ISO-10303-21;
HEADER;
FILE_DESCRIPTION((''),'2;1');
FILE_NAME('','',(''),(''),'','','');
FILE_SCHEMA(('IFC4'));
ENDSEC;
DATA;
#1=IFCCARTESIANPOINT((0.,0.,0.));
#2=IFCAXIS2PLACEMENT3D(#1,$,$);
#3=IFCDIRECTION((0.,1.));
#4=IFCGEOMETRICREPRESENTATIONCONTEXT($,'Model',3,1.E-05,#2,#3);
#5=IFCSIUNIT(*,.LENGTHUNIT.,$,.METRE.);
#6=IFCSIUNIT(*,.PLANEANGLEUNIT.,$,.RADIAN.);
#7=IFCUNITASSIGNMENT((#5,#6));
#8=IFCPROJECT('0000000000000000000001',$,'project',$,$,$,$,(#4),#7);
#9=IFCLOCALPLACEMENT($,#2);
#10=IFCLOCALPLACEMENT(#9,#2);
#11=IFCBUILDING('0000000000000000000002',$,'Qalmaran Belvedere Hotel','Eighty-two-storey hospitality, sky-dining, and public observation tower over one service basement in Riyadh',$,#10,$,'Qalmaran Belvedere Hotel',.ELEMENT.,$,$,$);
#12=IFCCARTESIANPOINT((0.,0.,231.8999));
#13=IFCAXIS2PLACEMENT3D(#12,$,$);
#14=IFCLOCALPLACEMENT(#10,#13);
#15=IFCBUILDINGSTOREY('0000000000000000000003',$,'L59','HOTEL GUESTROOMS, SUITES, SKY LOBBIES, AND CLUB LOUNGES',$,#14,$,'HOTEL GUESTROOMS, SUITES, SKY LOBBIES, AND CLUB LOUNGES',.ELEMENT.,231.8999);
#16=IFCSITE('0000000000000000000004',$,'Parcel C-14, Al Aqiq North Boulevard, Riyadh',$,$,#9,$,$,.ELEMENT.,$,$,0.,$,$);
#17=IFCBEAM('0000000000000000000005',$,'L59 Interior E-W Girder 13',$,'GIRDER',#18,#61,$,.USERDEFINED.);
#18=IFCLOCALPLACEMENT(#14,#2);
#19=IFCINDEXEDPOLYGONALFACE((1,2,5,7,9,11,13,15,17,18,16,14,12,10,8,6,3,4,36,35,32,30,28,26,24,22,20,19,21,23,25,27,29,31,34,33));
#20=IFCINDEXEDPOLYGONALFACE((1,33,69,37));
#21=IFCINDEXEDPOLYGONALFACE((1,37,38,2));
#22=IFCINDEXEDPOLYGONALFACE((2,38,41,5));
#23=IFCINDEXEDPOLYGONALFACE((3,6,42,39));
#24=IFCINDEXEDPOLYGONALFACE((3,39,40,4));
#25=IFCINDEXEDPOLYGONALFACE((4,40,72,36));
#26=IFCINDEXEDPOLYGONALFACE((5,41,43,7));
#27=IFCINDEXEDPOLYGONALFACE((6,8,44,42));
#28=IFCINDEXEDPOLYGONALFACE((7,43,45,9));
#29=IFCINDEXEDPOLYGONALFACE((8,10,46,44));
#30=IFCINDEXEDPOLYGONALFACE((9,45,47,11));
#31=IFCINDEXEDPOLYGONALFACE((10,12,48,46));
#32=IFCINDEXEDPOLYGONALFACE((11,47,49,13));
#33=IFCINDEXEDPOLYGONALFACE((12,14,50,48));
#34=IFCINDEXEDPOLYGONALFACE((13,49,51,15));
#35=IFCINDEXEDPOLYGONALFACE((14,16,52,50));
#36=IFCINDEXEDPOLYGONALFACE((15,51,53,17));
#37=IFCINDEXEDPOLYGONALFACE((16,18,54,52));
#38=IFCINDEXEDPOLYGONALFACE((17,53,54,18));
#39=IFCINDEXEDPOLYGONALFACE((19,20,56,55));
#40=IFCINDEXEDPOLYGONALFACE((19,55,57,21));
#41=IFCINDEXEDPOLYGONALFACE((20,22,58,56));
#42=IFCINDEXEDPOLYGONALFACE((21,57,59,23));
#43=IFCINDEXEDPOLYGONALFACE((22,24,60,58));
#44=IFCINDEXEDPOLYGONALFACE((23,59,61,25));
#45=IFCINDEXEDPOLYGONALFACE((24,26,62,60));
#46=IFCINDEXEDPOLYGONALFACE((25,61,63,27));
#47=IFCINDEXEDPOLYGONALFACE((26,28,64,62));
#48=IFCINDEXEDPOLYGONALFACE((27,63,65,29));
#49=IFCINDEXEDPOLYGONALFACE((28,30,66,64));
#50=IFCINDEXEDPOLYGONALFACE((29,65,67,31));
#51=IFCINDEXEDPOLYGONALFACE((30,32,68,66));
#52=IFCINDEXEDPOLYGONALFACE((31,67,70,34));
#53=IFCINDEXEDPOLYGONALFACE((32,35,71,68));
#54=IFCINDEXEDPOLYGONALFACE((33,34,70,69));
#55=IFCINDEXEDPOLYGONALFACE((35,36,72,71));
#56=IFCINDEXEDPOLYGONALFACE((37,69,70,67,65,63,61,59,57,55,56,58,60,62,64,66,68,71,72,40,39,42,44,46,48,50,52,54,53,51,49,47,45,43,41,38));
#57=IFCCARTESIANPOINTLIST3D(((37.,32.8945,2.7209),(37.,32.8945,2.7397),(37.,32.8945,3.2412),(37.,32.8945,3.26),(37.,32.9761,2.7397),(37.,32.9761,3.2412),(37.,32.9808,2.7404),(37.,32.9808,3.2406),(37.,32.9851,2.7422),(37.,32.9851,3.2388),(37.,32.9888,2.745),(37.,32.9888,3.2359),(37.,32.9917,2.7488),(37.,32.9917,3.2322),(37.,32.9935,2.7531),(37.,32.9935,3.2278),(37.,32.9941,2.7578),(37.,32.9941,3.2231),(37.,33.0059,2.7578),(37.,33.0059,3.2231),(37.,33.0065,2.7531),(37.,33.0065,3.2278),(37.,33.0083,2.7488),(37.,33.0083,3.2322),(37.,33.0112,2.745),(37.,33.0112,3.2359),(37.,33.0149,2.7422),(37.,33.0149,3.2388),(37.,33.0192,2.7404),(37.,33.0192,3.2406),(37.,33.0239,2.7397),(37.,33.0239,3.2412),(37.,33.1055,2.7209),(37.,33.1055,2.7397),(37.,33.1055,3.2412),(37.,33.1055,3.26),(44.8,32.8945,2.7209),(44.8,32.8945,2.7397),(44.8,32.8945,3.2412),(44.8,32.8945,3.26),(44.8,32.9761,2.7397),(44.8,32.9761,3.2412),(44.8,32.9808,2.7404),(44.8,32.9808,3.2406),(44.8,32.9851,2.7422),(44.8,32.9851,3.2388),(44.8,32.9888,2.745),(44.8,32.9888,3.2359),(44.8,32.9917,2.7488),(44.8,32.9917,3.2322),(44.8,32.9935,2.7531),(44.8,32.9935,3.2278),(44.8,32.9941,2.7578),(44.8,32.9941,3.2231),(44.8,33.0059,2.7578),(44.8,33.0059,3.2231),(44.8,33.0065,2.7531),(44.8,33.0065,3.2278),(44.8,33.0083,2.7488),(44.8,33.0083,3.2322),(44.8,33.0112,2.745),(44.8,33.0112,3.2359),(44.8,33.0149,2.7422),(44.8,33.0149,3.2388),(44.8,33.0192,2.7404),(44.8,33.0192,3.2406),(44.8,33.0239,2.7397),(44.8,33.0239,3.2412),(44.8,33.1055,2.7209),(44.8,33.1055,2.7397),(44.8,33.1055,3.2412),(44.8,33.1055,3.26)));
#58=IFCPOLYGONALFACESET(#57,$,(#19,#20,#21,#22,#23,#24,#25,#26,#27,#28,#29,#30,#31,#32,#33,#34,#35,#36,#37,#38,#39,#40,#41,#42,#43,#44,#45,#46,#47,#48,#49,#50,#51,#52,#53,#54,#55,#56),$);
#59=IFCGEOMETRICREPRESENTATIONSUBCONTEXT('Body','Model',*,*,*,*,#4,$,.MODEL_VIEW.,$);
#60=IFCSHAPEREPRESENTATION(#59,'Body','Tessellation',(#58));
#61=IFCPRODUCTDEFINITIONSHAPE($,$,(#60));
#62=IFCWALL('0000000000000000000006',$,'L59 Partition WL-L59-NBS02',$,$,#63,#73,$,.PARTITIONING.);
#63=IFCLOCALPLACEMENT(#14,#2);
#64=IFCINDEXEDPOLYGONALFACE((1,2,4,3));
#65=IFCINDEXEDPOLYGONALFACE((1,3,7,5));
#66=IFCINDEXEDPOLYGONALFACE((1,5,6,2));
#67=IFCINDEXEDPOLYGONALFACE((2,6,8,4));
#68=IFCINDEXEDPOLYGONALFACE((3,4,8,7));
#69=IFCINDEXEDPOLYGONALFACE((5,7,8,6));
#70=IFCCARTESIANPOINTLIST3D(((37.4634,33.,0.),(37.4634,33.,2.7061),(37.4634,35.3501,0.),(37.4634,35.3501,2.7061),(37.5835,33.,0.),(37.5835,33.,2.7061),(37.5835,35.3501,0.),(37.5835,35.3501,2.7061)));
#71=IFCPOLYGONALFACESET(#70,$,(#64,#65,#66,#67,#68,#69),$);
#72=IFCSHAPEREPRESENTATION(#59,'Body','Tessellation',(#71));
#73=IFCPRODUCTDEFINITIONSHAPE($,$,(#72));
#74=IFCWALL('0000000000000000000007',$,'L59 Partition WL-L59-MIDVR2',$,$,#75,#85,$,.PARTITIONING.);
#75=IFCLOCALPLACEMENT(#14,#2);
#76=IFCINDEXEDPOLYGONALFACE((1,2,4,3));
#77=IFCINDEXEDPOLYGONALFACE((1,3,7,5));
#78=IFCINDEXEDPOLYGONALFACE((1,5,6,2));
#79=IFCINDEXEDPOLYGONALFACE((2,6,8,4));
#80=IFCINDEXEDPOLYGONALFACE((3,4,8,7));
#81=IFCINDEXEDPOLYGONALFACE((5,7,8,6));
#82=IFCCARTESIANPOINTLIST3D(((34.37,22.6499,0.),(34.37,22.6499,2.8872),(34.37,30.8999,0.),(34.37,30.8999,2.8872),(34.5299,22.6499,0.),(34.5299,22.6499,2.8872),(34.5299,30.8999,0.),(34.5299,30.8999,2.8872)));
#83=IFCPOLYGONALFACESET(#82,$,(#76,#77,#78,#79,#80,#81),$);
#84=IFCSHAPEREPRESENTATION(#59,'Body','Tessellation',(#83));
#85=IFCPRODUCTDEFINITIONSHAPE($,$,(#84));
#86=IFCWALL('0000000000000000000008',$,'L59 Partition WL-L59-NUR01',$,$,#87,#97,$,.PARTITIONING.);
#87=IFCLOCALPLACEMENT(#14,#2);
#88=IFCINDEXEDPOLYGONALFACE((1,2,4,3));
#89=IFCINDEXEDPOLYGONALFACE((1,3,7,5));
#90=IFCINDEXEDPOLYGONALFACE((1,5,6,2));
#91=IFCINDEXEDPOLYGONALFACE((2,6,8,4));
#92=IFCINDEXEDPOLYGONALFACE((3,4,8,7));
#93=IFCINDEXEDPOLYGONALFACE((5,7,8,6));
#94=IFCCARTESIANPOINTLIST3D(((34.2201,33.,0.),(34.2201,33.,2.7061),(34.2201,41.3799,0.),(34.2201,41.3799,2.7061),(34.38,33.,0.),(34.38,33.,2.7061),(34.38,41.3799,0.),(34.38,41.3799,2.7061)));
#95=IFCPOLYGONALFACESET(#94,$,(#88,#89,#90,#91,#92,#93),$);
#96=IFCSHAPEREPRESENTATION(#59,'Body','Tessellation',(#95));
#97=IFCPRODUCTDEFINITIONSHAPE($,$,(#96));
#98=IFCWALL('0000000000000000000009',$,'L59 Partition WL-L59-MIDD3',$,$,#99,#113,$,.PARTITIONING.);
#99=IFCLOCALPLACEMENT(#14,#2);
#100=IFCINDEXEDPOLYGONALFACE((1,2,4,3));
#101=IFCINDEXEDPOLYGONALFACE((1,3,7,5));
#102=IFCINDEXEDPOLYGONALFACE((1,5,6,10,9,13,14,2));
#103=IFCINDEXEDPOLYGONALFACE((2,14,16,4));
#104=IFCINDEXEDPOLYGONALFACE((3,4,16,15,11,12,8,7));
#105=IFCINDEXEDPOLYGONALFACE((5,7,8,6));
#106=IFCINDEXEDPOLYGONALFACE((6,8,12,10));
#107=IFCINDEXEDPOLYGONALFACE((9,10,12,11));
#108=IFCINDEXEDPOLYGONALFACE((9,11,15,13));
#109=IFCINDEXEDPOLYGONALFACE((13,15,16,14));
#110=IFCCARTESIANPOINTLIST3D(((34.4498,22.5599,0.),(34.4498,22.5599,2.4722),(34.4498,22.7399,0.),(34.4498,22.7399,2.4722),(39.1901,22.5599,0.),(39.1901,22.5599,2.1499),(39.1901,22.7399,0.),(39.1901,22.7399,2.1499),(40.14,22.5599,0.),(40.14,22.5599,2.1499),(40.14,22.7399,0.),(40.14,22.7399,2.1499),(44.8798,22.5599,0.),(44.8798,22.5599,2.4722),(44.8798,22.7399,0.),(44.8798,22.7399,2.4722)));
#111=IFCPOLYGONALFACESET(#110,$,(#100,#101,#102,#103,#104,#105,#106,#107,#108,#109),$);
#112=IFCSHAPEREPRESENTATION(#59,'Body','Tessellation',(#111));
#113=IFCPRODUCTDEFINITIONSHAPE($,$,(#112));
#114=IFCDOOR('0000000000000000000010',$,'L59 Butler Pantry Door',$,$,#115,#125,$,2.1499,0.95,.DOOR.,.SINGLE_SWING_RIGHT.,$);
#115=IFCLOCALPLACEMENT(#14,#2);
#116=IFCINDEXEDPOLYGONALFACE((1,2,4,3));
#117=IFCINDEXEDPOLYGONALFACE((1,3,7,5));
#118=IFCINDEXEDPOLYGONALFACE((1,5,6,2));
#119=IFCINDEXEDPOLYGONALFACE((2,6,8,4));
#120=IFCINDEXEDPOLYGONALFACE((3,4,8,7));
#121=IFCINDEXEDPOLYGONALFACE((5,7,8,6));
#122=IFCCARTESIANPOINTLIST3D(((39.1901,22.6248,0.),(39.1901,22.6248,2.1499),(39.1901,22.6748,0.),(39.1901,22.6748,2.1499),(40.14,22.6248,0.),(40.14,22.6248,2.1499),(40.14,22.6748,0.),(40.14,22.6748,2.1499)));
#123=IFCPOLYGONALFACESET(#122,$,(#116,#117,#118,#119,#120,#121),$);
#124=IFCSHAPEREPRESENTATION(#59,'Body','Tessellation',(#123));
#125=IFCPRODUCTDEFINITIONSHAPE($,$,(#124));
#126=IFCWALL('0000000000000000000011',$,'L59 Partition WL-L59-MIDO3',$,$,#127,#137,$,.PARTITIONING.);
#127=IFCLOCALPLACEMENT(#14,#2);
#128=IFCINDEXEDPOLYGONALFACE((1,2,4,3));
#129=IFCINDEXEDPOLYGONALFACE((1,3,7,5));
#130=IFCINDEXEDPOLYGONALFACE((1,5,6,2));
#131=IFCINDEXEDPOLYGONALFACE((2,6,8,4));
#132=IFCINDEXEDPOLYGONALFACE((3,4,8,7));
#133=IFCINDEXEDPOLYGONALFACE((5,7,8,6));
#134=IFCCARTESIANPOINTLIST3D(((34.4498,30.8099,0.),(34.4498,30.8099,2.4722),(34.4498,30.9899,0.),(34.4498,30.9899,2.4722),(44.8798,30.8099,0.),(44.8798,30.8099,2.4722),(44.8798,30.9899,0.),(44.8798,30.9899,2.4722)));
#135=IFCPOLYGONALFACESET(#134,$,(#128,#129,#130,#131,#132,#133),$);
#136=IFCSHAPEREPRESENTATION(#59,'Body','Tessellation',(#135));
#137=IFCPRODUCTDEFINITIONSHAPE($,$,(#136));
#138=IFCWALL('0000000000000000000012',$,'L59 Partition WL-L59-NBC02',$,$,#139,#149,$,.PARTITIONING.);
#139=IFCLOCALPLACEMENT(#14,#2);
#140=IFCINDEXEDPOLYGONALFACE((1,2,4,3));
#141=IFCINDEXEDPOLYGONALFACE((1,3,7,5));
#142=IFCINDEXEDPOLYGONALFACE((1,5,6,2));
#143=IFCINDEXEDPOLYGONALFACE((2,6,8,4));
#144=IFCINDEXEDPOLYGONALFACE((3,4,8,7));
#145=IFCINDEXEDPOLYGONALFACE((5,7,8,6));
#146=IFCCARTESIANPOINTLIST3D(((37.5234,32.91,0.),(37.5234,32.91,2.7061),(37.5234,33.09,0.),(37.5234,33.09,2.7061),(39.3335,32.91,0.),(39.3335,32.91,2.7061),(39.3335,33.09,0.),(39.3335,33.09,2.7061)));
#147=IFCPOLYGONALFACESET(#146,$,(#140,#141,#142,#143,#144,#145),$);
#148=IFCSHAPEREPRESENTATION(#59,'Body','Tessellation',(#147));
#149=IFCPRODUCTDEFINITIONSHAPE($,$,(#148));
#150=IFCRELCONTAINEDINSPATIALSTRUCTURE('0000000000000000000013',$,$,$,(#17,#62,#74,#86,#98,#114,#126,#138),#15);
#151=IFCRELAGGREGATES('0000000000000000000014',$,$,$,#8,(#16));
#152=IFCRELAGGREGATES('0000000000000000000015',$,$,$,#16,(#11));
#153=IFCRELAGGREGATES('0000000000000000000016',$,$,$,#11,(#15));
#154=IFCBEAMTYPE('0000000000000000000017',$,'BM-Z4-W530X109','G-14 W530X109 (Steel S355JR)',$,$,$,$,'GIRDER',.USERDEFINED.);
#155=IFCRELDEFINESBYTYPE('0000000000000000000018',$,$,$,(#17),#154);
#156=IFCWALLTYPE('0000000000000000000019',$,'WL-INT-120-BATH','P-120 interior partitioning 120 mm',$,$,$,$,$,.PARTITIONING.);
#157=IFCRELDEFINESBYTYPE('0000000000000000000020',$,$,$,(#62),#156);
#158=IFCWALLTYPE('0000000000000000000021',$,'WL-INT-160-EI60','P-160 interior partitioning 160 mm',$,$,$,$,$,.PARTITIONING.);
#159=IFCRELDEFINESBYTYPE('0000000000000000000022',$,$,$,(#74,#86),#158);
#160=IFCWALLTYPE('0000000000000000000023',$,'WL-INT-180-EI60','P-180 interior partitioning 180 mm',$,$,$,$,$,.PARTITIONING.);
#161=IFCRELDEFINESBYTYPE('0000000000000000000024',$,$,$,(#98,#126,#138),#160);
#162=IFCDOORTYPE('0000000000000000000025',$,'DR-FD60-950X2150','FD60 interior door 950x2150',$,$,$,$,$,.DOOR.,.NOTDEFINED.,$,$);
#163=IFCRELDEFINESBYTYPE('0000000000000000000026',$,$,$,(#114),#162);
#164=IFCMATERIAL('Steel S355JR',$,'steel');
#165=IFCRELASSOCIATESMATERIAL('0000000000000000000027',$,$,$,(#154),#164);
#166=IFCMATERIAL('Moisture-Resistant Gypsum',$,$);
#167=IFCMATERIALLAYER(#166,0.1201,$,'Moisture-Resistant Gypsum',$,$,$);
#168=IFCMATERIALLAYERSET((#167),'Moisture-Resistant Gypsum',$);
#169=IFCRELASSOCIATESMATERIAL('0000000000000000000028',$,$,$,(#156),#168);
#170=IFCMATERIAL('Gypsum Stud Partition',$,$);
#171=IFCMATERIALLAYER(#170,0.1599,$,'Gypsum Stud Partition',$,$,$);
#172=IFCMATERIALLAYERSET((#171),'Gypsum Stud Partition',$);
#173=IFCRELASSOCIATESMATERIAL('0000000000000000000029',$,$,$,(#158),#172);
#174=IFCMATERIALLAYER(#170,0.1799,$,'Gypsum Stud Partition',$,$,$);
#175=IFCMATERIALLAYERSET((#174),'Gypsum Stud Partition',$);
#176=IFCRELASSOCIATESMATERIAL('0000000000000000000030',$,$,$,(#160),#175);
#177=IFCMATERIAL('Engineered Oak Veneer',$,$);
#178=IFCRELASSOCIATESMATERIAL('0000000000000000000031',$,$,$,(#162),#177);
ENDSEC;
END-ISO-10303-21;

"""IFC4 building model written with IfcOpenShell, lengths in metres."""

from ifc_helpers import new_model, si_unit, direction, frame, frame_2d, origin, origin_2d, place, context, subcontext, project, spatial, rectangle, i_section, extrude, material, layer, layer_set, material_profile, profile_set, type_object, element, fill, save


model = new_model("IFC4")

# Units and contexts
model_context = context("Model", 3, precision=1e-05, world=origin(), true_north=direction((0.0, 1.0)))
body_context = subcontext(model_context, "Body", "Model", "MODEL_VIEW")
ifc_project = project(units=[si_unit("LENGTHUNIT", "METRE"), si_unit("PLANEANGLEUNIT", "RADIAN")], contexts=[model_context])

# Site, building, storey
site_placement = place(None, origin())
site = spatial("IfcSite", under=ifc_project, at=site_placement, Name="Parcel C-14, Al Aqiq North Boulevard, Riyadh", CompositionType="ELEMENT", RefElevation=0.0)
building_placement = place(site_placement, origin())
building = spatial("IfcBuilding", under=site, at=building_placement, Name="Qalmaran Belvedere Hotel", Description="Eighty-two-storey hospitality, sky-dining, and public observation tower over one service basement in Riyadh", LongName="Qalmaran Belvedere Hotel", CompositionType="ELEMENT")
storey_placement = place(building_placement, frame((0.0, 0.0, 231.8999)))
storey = spatial("IfcBuildingStorey", under=building, at=storey_placement, Name="L59", Description="HOTEL GUESTROOMS, SUITES, SKY LOBBIES, AND CLUB LOUNGES", LongName="HOTEL GUESTROOMS, SUITES, SKY LOBBIES, AND CLUB LOUNGES", CompositionType="ELEMENT", Elevation=231.8999)

# Beam
ifc_material_1 = material(Name="Steel S355JR", Category="steel")
ifc_material_profile_1 = material_profile(ifc_material_1, i_section(OverallWidth=0.2109, OverallDepth=0.5391, WebThickness=0.0117, FlangeThickness=0.0188, FilletRadius=0.0181, at=origin_2d()), Name="W530X109")
ifc_profile_set_1 = profile_set([ifc_material_profile_1], Name="Steel S355JR")
beam_type_1 = type_object("IfcBeamType", Name="BM-Z4-W530X109", Description="G-14 W530X109 (Steel S355JR)", ElementType="GIRDER", PredefinedType="USERDEFINED", material=ifc_profile_set_1)
for number, where, z_axis, x_axis, name in (
    (1, (37.0, 33.0, 2.9905), (1.0, 0.0, 0.0), (0.0, 1.0, 0.0), "L59 Interior E-W Girder 13"),
):
    element("IfcBeam", number, at=place(storey_placement, frame(where, z_axis=z_axis, x_axis=x_axis)), inside=storey, type_object=beam_type_1, Name=name, ObjectType="GIRDER", PredefinedType="USERDEFINED", context=body_context, shape_type="SweptSolid", body=[
        extrude(i_section(OverallWidth=0.2109, OverallDepth=0.5391, WebThickness=0.0117, FlangeThickness=0.0188, FilletRadius=0.0181, at=origin_2d()), origin(), (0.0, 0.0, 1.0), 7.8),
    ])

# Walls
ifc_material_2 = material(Name="Moisture-Resistant Gypsum")
ifc_layer_1 = layer(ifc_material_2, 0.1201, Name="Moisture-Resistant Gypsum")
ifc_layer_set_1 = layer_set([ifc_layer_1], Name="Moisture-Resistant Gypsum")
wall_type_1 = type_object("IfcWallType", Name="WL-INT-120-BATH", Description="P-120 interior partitioning 120 mm", PredefinedType="PARTITIONING", material=ifc_layer_set_1)
wall_1_placement = place(storey_placement, frame((37.5234, 33.0, 0.0), z_axis=(0.0, 0.0, 1.0), x_axis=(0.0, 1.0, 0.0)))
element("IfcWall", 2, at=wall_1_placement, inside=storey, type_object=wall_type_1, Name="L59 Partition WL-L59-NBS02", PredefinedType="PARTITIONING", context=body_context, shape_type="SweptSolid", body=[
    extrude(rectangle(XDim=2.3501, YDim=0.1201, at=frame_2d((1.175, 0.0))), origin(), (0.0, 0.0, 1.0), 2.7061),
])
ifc_material_3 = material(Name="Gypsum Stud Partition")
ifc_layer_2 = layer(ifc_material_3, 0.1599, Name="Gypsum Stud Partition")
ifc_layer_set_2 = layer_set([ifc_layer_2], Name="Gypsum Stud Partition")
wall_type_2 = type_object("IfcWallType", Name="WL-INT-160-EI60", Description="P-160 interior partitioning 160 mm", PredefinedType="PARTITIONING", material=ifc_layer_set_2)
wall_2_placement = place(storey_placement, frame((34.45, 22.6499, 0.0), z_axis=(0.0, 0.0, 1.0), x_axis=(0.0, 1.0, 0.0)))
element("IfcWall", 3, at=wall_2_placement, inside=storey, type_object=wall_type_2, Name="L59 Partition WL-L59-MIDVR2", PredefinedType="PARTITIONING", context=body_context, shape_type="SweptSolid", body=[
    extrude(rectangle(XDim=8.25, YDim=0.1599, at=frame_2d((4.125, 0.0))), origin(), (0.0, 0.0, 1.0), 2.8872),
])
wall_3_placement = place(storey_placement, frame((34.3, 33.0, 0.0), z_axis=(0.0, 0.0, 1.0), x_axis=(0.0, 1.0, 0.0)))
element("IfcWall", 4, at=wall_3_placement, inside=storey, type_object=wall_type_2, Name="L59 Partition WL-L59-NUR01", PredefinedType="PARTITIONING", context=body_context, shape_type="SweptSolid", body=[
    extrude(rectangle(XDim=8.3799, YDim=0.1599, at=frame_2d((4.1899, 0.0))), origin(), (0.0, 0.0, 1.0), 2.7061),
])

# Wall, opening, door
ifc_layer_3 = layer(ifc_material_3, 0.1799, Name="Gypsum Stud Partition")
ifc_layer_set_3 = layer_set([ifc_layer_3], Name="Gypsum Stud Partition")
wall_type_3 = type_object("IfcWallType", Name="WL-INT-180-EI60", Description="P-180 interior partitioning 180 mm", PredefinedType="PARTITIONING", material=ifc_layer_set_3)
wall_4_placement = place(storey_placement, frame((34.45, 22.6499, 0.0), z_axis=(0.0, 0.0, 1.0), x_axis=(1.0, 0.0, 0.0)))
wall_4 = element("IfcWall", 5, at=wall_4_placement, inside=storey, type_object=wall_type_3, Name="L59 Partition WL-L59-MIDD3", PredefinedType="PARTITIONING", context=body_context, shape_type="SweptSolid", body=[
    extrude(rectangle(XDim=10.4299, YDim=0.1799, at=frame_2d((5.2148, 0.0))), origin(), (0.0, 0.0, 1.0), 2.4722),
])
opening_1_placement = place(wall_4_placement, frame((4.74, 0.0, 0.0)))
opening_1 = element("IfcOpeningElement", 6, at=opening_1_placement, cuts=wall_4, PredefinedType="OPENING", context=body_context, shape_type="SweptSolid", body=[
    extrude(rectangle(XDim=0.95, YDim=2.1499, at=frame_2d((0.4751, 1.075))), frame((0.0, 0.1001, 0.0), z_axis=(0.0, -1.0, 0.0), x_axis=(1.0, 0.0, 0.0)), (0.0, 0.0, 1.0), 0.2),
])
ifc_material_4 = material(Name="Engineered Oak Veneer")
door_type = type_object("IfcDoorType", Name="DR-FD60-950X2150", Description="FD60 interior door 950x2150", OperationType="NOTDEFINED", PredefinedType="DOOR", material=ifc_material_4)
door_1_placement = place(opening_1_placement, origin())
door_1 = element("IfcDoor", 7, at=door_1_placement, inside=storey, type_object=door_type, Name="L59 Butler Pantry Door", OperationType="SINGLE_SWING_RIGHT", OverallHeight=2.1499, OverallWidth=0.95, PredefinedType="DOOR", context=body_context, shape_type="SweptSolid", body=[
    extrude(rectangle(XDim=0.95, YDim=2.1499, at=frame_2d((0.4751, 1.075))), frame((0.0, 0.0249, 0.0), z_axis=(0.0, -1.0, 0.0), x_axis=(1.0, 0.0, 0.0)), (0.0, 0.0, 1.0), 0.05),
])
fill(opening_1, door_1)

# Walls
wall_5_placement = place(storey_placement, frame((34.45, 30.8999, 0.0), z_axis=(0.0, 0.0, 1.0), x_axis=(1.0, 0.0, 0.0)))
element("IfcWall", 8, at=wall_5_placement, inside=storey, type_object=wall_type_3, Name="L59 Partition WL-L59-MIDO3", PredefinedType="PARTITIONING", context=body_context, shape_type="SweptSolid", body=[
    extrude(rectangle(XDim=10.4299, YDim=0.1799, at=frame_2d((5.2148, 0.0))), origin(), (0.0, 0.0, 1.0), 2.4722),
])
wall_6_placement = place(storey_placement, frame((37.5234, 33.0, 0.0), z_axis=(0.0, 0.0, 1.0), x_axis=(1.0, 0.0, 0.0)))
element("IfcWall", 9, at=wall_6_placement, inside=storey, type_object=wall_type_3, Name="L59 Partition WL-L59-NBC02", PredefinedType="PARTITIONING", context=body_context, shape_type="SweptSolid", body=[
    extrude(rectangle(XDim=1.8101, YDim=0.1799, at=frame_2d((0.905, 0.0))), origin(), (0.0, 0.0, 1.0), 2.7061),
])

save(model, "model.ifc")
